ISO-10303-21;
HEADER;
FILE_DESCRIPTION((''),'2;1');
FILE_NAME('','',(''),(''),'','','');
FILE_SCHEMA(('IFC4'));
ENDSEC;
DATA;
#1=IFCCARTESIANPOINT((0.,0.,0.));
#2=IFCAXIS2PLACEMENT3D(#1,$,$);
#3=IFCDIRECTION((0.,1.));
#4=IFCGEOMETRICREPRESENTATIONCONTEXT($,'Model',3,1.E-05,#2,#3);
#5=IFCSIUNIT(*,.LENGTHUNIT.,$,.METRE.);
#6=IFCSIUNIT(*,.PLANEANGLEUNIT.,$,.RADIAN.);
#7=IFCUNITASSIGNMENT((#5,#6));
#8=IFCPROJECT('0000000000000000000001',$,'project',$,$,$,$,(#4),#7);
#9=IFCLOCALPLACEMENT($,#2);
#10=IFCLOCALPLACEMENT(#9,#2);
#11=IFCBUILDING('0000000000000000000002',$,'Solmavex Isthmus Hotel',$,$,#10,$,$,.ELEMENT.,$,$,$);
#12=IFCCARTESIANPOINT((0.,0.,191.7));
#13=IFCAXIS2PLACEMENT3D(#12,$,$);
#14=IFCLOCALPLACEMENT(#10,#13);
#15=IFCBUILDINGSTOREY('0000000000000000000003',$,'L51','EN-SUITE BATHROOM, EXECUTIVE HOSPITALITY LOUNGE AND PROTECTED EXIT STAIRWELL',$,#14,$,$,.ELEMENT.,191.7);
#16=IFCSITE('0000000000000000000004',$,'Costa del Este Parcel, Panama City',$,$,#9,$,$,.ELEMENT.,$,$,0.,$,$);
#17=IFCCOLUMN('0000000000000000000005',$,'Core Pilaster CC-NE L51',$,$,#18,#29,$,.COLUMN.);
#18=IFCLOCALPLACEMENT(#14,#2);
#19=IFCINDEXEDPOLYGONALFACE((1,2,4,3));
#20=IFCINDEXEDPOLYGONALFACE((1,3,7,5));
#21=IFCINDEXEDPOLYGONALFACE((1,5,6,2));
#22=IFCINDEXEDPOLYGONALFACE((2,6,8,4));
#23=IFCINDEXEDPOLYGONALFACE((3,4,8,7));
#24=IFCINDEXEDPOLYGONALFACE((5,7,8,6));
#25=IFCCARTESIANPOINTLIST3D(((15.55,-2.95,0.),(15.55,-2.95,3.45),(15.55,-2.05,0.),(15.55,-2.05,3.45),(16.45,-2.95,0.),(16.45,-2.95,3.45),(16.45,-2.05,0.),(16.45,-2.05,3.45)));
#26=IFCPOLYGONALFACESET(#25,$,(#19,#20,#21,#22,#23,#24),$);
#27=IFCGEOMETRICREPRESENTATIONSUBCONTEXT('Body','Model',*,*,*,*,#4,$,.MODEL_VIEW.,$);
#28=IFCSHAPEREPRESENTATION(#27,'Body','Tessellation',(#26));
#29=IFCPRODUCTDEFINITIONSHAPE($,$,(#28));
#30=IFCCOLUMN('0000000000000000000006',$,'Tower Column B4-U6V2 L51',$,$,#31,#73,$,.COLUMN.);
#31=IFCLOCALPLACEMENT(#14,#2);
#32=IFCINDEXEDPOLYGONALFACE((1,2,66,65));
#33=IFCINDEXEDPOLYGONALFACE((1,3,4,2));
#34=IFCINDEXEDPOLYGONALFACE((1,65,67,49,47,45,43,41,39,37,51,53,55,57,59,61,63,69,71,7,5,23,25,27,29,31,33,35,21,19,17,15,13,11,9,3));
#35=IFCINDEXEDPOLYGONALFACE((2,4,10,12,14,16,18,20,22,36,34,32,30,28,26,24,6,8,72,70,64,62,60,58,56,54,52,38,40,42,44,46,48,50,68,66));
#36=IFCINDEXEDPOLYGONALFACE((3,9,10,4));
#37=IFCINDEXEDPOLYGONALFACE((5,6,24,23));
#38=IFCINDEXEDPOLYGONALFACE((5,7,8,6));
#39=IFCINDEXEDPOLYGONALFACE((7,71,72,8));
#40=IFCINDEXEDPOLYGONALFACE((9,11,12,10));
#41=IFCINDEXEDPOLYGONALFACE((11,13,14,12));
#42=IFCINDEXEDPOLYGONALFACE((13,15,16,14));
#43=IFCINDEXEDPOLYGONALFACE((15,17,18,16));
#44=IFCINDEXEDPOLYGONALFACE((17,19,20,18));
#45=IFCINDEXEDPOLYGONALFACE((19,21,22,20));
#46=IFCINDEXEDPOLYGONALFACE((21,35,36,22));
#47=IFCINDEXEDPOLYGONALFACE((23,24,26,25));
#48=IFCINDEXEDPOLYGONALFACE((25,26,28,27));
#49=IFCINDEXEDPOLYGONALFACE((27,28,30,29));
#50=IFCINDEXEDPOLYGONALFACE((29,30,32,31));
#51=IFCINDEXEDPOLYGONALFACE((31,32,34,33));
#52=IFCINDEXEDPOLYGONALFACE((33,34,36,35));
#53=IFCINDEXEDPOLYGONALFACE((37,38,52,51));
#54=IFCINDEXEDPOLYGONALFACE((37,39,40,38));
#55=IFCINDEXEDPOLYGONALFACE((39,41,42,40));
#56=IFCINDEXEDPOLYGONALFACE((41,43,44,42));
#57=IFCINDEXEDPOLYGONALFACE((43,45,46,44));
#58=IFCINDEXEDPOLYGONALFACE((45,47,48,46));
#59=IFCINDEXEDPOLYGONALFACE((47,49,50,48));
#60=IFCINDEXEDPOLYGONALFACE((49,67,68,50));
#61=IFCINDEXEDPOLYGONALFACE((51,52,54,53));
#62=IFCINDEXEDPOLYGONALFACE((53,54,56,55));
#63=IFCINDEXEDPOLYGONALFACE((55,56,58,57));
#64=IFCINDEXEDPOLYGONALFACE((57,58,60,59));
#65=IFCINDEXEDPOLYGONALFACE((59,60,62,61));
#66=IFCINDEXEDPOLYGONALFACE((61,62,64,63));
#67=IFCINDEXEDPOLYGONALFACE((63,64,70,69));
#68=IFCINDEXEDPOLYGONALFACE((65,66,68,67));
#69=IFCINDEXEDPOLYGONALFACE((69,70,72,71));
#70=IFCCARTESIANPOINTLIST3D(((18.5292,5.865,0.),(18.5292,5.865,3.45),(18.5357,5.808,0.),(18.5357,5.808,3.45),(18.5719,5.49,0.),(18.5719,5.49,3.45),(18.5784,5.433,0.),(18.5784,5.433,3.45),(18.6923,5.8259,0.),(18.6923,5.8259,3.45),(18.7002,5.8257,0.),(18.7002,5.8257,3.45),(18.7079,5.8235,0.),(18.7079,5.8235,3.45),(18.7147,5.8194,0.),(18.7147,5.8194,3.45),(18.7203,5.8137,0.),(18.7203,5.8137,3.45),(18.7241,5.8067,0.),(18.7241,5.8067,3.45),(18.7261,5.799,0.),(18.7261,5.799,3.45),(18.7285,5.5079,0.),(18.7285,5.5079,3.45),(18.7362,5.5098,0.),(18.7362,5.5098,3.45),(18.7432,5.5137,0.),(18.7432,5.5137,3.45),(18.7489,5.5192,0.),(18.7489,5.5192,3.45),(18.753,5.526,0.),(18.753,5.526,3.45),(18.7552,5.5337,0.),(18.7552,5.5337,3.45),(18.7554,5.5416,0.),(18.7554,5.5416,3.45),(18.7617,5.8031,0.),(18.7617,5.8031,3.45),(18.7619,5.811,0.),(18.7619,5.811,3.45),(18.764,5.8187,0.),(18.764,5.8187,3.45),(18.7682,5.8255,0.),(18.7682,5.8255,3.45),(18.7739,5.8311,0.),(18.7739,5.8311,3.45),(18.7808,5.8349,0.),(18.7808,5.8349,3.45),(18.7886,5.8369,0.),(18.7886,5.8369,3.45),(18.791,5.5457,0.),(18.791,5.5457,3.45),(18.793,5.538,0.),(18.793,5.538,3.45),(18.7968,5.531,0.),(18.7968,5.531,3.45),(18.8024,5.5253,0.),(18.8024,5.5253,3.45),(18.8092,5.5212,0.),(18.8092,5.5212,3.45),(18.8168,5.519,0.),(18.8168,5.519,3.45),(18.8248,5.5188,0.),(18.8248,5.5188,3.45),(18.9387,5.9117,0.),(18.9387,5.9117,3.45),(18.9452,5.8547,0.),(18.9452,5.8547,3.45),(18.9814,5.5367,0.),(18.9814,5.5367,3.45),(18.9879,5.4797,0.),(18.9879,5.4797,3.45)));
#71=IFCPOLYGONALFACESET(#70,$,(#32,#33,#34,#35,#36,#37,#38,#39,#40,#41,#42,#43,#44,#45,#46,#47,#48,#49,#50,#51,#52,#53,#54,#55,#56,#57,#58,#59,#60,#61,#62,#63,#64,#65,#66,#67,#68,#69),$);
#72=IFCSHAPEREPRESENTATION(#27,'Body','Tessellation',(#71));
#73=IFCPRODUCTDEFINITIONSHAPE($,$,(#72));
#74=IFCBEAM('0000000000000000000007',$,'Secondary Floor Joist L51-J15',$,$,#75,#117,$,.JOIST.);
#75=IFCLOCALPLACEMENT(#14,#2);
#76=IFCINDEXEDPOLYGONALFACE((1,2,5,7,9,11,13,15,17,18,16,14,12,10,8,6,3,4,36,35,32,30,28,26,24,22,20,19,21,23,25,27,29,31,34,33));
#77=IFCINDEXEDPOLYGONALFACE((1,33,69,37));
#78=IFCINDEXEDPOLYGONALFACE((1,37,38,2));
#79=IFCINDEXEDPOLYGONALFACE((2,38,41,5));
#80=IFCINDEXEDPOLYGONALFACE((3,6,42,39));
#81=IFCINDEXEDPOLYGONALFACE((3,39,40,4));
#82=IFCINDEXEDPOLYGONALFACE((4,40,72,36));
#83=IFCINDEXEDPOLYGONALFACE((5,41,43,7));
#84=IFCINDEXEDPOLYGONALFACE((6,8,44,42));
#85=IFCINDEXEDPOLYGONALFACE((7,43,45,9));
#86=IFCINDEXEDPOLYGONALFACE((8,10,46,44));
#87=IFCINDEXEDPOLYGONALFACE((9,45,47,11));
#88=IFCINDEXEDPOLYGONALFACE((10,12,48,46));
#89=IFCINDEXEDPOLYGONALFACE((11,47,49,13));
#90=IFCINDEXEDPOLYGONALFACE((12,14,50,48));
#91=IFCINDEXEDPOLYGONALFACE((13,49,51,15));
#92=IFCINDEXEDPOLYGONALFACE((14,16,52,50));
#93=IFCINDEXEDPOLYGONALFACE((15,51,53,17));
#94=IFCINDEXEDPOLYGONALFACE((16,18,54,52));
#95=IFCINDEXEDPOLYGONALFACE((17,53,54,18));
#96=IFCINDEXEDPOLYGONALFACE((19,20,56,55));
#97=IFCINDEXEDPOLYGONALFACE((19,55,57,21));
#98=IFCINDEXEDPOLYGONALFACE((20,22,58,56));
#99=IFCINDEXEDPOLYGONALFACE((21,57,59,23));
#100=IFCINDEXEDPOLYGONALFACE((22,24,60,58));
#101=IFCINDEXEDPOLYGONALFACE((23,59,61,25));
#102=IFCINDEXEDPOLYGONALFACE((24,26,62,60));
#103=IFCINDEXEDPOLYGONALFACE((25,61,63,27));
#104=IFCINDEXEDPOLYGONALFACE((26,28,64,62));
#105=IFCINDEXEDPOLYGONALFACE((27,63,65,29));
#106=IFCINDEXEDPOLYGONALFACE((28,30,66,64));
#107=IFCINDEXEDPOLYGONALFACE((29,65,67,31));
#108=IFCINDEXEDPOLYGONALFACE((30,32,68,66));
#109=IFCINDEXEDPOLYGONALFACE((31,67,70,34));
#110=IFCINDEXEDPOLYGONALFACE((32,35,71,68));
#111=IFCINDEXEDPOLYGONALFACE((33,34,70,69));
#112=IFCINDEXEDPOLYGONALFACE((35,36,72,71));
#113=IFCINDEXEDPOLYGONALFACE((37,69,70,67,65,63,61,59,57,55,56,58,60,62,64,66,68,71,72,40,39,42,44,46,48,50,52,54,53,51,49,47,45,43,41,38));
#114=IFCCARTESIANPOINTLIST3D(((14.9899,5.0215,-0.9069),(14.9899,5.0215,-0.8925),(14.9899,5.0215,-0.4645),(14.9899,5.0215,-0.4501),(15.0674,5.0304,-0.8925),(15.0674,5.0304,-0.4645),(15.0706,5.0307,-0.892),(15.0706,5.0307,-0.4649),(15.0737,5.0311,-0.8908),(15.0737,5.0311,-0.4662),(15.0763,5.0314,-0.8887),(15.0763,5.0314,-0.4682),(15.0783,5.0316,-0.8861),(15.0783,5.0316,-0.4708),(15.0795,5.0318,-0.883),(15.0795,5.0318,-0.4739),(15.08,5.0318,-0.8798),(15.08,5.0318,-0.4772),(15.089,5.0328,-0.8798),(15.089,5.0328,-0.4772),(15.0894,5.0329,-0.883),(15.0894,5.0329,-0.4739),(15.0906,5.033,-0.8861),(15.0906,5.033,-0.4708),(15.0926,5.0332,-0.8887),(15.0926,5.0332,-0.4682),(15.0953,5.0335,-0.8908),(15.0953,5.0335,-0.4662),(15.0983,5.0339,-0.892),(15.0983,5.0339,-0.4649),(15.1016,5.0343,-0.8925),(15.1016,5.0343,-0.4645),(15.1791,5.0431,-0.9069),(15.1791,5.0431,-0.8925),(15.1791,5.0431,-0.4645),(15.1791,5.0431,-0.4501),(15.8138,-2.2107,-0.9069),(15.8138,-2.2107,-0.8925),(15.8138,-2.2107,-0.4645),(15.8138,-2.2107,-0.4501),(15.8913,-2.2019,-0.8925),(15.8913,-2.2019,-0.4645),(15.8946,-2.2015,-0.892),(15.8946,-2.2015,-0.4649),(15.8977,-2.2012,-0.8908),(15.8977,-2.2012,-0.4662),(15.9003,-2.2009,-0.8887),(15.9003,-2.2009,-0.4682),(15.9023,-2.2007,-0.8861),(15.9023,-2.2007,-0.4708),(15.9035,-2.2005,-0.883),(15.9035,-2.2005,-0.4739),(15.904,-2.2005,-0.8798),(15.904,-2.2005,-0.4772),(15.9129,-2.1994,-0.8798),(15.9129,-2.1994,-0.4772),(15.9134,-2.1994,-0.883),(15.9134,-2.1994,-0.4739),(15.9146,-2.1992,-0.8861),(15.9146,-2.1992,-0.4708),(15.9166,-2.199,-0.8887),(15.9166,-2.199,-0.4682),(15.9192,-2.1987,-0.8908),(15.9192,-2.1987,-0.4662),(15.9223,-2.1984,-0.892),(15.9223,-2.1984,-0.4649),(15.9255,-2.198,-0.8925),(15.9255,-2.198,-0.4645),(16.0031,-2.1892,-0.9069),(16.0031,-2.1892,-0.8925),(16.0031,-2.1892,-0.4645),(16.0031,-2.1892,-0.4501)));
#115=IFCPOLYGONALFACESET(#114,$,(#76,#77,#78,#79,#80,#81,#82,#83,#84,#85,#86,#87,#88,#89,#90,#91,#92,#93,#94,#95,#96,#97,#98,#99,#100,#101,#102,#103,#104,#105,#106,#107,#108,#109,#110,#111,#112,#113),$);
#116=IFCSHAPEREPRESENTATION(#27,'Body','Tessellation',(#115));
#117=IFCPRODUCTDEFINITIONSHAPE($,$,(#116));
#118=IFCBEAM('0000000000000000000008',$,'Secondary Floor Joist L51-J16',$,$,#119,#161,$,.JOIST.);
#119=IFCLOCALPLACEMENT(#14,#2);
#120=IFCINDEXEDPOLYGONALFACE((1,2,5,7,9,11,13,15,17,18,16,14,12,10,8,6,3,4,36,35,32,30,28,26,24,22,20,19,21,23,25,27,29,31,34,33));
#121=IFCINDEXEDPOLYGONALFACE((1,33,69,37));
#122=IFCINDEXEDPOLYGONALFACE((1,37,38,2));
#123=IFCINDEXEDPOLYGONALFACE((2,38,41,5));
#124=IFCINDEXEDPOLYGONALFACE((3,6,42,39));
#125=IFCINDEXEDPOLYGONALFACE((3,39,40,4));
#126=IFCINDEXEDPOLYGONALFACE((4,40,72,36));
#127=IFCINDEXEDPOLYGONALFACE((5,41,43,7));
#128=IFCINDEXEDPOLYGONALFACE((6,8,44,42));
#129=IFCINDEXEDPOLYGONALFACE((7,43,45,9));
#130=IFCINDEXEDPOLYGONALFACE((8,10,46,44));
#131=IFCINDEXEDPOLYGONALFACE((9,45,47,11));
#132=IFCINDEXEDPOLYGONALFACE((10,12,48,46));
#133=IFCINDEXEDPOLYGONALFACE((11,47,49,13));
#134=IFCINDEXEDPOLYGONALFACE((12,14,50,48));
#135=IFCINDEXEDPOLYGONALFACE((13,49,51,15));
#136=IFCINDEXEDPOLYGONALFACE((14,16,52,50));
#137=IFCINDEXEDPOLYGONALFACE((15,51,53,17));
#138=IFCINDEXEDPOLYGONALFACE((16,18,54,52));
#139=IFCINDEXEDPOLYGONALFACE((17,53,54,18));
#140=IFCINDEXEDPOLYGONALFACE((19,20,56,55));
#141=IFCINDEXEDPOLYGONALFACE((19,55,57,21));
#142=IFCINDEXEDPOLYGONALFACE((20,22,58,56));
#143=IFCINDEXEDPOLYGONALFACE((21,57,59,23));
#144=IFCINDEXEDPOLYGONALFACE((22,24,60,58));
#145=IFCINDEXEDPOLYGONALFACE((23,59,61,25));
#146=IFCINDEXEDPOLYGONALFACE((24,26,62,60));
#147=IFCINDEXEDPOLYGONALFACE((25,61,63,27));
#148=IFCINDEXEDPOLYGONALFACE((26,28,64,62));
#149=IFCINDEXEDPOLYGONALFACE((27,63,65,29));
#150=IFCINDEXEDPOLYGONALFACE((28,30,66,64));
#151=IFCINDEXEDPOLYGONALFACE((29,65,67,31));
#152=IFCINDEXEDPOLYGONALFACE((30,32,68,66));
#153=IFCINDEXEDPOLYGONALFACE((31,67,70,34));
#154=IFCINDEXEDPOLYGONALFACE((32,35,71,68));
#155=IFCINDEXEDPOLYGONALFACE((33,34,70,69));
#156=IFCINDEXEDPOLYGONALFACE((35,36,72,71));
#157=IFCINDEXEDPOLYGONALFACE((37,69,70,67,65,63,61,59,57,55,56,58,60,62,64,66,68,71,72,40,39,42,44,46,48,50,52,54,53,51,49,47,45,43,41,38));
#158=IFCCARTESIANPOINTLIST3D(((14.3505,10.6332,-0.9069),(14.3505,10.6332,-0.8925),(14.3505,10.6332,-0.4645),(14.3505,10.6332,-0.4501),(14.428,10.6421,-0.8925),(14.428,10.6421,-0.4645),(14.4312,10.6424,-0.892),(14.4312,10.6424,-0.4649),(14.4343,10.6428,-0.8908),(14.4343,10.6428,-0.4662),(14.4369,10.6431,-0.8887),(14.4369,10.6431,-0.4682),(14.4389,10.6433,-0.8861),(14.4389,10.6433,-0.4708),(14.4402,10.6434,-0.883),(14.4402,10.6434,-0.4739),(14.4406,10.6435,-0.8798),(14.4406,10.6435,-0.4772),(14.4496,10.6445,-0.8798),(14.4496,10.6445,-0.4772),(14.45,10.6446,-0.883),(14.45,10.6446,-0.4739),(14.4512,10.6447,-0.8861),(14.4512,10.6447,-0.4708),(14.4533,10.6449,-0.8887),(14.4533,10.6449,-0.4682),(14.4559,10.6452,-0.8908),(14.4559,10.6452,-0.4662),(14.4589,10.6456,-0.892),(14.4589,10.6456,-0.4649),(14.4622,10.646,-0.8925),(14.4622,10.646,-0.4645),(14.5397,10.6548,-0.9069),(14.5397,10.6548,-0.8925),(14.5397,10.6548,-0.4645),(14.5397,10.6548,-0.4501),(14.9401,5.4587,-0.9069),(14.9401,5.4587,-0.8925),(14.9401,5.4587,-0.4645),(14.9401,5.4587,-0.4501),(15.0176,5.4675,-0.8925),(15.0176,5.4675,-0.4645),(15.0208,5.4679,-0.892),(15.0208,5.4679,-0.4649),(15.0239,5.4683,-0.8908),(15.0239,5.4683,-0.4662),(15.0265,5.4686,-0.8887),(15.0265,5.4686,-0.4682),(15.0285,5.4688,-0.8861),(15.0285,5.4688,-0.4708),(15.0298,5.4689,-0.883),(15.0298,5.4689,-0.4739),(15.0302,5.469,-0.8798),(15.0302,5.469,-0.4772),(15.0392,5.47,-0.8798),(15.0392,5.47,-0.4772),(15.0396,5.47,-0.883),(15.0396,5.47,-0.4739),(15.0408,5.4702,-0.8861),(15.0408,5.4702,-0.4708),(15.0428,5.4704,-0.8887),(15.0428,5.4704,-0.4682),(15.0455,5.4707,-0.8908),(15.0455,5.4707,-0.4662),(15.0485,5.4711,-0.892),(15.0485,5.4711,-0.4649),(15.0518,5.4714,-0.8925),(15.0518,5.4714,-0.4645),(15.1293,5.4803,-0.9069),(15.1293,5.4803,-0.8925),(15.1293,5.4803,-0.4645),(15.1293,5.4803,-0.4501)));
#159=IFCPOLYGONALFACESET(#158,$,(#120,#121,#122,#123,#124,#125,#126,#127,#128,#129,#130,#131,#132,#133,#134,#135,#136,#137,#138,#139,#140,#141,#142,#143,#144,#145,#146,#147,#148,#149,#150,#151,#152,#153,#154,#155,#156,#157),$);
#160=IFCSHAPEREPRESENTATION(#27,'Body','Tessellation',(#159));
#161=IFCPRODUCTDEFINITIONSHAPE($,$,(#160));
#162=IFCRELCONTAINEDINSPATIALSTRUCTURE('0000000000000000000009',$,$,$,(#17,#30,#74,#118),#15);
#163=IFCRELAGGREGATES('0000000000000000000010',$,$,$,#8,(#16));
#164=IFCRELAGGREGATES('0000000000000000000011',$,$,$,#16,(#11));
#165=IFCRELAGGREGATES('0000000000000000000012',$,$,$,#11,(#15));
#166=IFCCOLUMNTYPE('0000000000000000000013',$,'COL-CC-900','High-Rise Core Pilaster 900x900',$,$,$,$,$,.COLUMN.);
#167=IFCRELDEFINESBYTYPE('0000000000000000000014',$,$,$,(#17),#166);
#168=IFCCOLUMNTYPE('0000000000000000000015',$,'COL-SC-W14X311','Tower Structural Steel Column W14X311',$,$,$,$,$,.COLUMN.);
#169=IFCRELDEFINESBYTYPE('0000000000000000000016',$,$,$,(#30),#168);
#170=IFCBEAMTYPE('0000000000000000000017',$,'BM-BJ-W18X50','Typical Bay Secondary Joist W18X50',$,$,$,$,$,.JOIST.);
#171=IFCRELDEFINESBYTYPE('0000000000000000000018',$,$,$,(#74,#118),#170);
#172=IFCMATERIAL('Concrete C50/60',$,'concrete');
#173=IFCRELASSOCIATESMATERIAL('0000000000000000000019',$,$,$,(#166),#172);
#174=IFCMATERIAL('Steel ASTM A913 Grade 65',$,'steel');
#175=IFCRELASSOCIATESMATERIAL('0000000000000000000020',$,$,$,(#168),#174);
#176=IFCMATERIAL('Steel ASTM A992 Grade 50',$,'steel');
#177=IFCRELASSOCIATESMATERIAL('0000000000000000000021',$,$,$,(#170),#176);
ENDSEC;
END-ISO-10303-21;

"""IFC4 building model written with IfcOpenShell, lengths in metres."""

from ifc_helpers import new_model, si_unit, direction, frame, origin, origin_2d, place, context, subcontext, project, spatial, rectangle, i_section, extrude, material, material_profile, profile_set, type_object, element, save


model = new_model("IFC4")

# Units and contexts
model_context = context("Model", 3, precision=1e-05, world=origin(), true_north=direction((0.0, 1.0)))
body_context = subcontext(model_context, "Body", "Model", "MODEL_VIEW")
ifc_project = project(units=[si_unit("LENGTHUNIT", "METRE"), si_unit("PLANEANGLEUNIT", "RADIAN")], contexts=[model_context])

# Site, building, storey
site_placement = place(None, origin())
site = spatial("IfcSite", under=ifc_project, at=site_placement, Name="Costa del Este Parcel, Panama City", CompositionType="ELEMENT", RefElevation=0.0)
building_placement = place(site_placement, origin())
building = spatial("IfcBuilding", under=site, at=building_placement, Name="Solmavex Isthmus Hotel", CompositionType="ELEMENT")
storey_placement = place(building_placement, frame((0.0, 0.0, 191.7)))
storey = spatial("IfcBuildingStorey", under=building, at=storey_placement, Name="L51", Description="EN-SUITE BATHROOM, EXECUTIVE HOSPITALITY LOUNGE AND PROTECTED EXIT STAIRWELL", CompositionType="ELEMENT", Elevation=191.7)

# Columns
ifc_material_1 = material(Name="Concrete C50/60", Category="concrete")
ifc_material_profile_1 = material_profile(ifc_material_1, rectangle(XDim=0.8999, YDim=0.8999, at=origin_2d()), Name="RC900X900")
ifc_profile_set_1 = profile_set([ifc_material_profile_1], Name="Concrete C50/60")
column_type_1 = type_object("IfcColumnType", Name="COL-CC-900", Description="High-Rise Core Pilaster 900x900", PredefinedType="COLUMN", material=ifc_profile_set_1)
column_1_placement = place(storey_placement, frame((16.0, -2.5, 0.0), z_axis=(0.0, 0.0, 1.0), x_axis=(1.0, 0.0, 0.0)))
element("IfcColumn", 1, at=column_1_placement, inside=storey, type_object=column_type_1, Name="Core Pilaster CC-NE L51", PredefinedType="COLUMN", context=body_context, shape_type="SweptSolid", body=[
    extrude(rectangle(XDim=0.8999, YDim=0.8999, at=origin_2d()), origin(), (0.0, 0.0, 1.0), 3.45),
])
ifc_material_2 = material(Name="Steel ASTM A913 Grade 65", Category="steel")
ifc_material_profile_2 = material_profile(ifc_material_2, i_section(OverallWidth=0.4121, OverallDepth=0.4348, WebThickness=0.0359, FlangeThickness=0.0574, FilletRadius=0.0305, at=origin_2d()), Name="W14X311")
ifc_profile_set_2 = profile_set([ifc_material_profile_2], Name="Steel ASTM A913 Grade 65")
column_type_2 = type_object("IfcColumnType", Name="COL-SC-W14X311", Description="Tower Structural Steel Column W14X311", PredefinedType="COLUMN", material=ifc_profile_set_2)
column_2_placement = place(storey_placement, frame((18.7585, 5.6724, 0.0), z_axis=(0.0, 0.0, 1.0), x_axis=(0.993572, 0.113203, 0.0)))
element("IfcColumn", 2, at=column_2_placement, inside=storey, type_object=column_type_2, Name="Tower Column B4-U6V2 L51", PredefinedType="COLUMN", context=body_context, shape_type="SweptSolid", body=[
    extrude(i_section(OverallWidth=0.4121, OverallDepth=0.4348, WebThickness=0.0359, FlangeThickness=0.0574, FilletRadius=0.0305, at=origin_2d()), origin(), (0.0, 0.0, 1.0), 3.45),
])

# Beams
ifc_material_3 = material(Name="Steel ASTM A992 Grade 50", Category="steel")
ifc_material_profile_3 = material_profile(ifc_material_3, i_section(OverallWidth=0.1904, OverallDepth=0.4568, WebThickness=0.009, FlangeThickness=0.0144, FilletRadius=0.0127, at=origin_2d()), Name="W18X50")
ifc_profile_set_3 = profile_set([ifc_material_profile_3], Name="Steel ASTM A992 Grade 50")
beam_type_1 = type_object("IfcBeamType", Name="BM-BJ-W18X50", Description="Typical Bay Secondary Joist W18X50", PredefinedType="JOIST", material=ifc_profile_set_3)
beam_1_placement = place(storey_placement, frame((15.9084, -2.2, -0.6785), z_axis=(-0.113199, 0.993572, 0.0), x_axis=(-0.993572, -0.113199, 0.0)))
element("IfcBeam", 3, at=beam_1_placement, inside=storey, type_object=beam_type_1, Name="Secondary Floor Joist L51-J15", PredefinedType="JOIST", context=body_context, shape_type="SweptSolid", body=[
    extrude(i_section(OverallWidth=0.1904, OverallDepth=0.4568, WebThickness=0.009, FlangeThickness=0.0144, FilletRadius=0.0127, at=origin_2d()), origin(), (0.0, 0.0, 1.0), 7.2791),
])
beam_2_placement = place(storey_placement, frame((15.0347, 5.4695, -0.6785), z_axis=(-0.113209, 0.993571, 0.0), x_axis=(-0.993571, -0.113209, 0.0)))
element("IfcBeam", 4, at=beam_2_placement, inside=storey, type_object=beam_type_1, Name="Secondary Floor Joist L51-J16", PredefinedType="JOIST", context=body_context, shape_type="SweptSolid", body=[
    extrude(i_section(OverallWidth=0.1904, OverallDepth=0.4568, WebThickness=0.009, FlangeThickness=0.0144, FilletRadius=0.0127, at=origin_2d()), origin(), (0.0, 0.0, 1.0), 5.208),
])

save(model, "model.ifc")
